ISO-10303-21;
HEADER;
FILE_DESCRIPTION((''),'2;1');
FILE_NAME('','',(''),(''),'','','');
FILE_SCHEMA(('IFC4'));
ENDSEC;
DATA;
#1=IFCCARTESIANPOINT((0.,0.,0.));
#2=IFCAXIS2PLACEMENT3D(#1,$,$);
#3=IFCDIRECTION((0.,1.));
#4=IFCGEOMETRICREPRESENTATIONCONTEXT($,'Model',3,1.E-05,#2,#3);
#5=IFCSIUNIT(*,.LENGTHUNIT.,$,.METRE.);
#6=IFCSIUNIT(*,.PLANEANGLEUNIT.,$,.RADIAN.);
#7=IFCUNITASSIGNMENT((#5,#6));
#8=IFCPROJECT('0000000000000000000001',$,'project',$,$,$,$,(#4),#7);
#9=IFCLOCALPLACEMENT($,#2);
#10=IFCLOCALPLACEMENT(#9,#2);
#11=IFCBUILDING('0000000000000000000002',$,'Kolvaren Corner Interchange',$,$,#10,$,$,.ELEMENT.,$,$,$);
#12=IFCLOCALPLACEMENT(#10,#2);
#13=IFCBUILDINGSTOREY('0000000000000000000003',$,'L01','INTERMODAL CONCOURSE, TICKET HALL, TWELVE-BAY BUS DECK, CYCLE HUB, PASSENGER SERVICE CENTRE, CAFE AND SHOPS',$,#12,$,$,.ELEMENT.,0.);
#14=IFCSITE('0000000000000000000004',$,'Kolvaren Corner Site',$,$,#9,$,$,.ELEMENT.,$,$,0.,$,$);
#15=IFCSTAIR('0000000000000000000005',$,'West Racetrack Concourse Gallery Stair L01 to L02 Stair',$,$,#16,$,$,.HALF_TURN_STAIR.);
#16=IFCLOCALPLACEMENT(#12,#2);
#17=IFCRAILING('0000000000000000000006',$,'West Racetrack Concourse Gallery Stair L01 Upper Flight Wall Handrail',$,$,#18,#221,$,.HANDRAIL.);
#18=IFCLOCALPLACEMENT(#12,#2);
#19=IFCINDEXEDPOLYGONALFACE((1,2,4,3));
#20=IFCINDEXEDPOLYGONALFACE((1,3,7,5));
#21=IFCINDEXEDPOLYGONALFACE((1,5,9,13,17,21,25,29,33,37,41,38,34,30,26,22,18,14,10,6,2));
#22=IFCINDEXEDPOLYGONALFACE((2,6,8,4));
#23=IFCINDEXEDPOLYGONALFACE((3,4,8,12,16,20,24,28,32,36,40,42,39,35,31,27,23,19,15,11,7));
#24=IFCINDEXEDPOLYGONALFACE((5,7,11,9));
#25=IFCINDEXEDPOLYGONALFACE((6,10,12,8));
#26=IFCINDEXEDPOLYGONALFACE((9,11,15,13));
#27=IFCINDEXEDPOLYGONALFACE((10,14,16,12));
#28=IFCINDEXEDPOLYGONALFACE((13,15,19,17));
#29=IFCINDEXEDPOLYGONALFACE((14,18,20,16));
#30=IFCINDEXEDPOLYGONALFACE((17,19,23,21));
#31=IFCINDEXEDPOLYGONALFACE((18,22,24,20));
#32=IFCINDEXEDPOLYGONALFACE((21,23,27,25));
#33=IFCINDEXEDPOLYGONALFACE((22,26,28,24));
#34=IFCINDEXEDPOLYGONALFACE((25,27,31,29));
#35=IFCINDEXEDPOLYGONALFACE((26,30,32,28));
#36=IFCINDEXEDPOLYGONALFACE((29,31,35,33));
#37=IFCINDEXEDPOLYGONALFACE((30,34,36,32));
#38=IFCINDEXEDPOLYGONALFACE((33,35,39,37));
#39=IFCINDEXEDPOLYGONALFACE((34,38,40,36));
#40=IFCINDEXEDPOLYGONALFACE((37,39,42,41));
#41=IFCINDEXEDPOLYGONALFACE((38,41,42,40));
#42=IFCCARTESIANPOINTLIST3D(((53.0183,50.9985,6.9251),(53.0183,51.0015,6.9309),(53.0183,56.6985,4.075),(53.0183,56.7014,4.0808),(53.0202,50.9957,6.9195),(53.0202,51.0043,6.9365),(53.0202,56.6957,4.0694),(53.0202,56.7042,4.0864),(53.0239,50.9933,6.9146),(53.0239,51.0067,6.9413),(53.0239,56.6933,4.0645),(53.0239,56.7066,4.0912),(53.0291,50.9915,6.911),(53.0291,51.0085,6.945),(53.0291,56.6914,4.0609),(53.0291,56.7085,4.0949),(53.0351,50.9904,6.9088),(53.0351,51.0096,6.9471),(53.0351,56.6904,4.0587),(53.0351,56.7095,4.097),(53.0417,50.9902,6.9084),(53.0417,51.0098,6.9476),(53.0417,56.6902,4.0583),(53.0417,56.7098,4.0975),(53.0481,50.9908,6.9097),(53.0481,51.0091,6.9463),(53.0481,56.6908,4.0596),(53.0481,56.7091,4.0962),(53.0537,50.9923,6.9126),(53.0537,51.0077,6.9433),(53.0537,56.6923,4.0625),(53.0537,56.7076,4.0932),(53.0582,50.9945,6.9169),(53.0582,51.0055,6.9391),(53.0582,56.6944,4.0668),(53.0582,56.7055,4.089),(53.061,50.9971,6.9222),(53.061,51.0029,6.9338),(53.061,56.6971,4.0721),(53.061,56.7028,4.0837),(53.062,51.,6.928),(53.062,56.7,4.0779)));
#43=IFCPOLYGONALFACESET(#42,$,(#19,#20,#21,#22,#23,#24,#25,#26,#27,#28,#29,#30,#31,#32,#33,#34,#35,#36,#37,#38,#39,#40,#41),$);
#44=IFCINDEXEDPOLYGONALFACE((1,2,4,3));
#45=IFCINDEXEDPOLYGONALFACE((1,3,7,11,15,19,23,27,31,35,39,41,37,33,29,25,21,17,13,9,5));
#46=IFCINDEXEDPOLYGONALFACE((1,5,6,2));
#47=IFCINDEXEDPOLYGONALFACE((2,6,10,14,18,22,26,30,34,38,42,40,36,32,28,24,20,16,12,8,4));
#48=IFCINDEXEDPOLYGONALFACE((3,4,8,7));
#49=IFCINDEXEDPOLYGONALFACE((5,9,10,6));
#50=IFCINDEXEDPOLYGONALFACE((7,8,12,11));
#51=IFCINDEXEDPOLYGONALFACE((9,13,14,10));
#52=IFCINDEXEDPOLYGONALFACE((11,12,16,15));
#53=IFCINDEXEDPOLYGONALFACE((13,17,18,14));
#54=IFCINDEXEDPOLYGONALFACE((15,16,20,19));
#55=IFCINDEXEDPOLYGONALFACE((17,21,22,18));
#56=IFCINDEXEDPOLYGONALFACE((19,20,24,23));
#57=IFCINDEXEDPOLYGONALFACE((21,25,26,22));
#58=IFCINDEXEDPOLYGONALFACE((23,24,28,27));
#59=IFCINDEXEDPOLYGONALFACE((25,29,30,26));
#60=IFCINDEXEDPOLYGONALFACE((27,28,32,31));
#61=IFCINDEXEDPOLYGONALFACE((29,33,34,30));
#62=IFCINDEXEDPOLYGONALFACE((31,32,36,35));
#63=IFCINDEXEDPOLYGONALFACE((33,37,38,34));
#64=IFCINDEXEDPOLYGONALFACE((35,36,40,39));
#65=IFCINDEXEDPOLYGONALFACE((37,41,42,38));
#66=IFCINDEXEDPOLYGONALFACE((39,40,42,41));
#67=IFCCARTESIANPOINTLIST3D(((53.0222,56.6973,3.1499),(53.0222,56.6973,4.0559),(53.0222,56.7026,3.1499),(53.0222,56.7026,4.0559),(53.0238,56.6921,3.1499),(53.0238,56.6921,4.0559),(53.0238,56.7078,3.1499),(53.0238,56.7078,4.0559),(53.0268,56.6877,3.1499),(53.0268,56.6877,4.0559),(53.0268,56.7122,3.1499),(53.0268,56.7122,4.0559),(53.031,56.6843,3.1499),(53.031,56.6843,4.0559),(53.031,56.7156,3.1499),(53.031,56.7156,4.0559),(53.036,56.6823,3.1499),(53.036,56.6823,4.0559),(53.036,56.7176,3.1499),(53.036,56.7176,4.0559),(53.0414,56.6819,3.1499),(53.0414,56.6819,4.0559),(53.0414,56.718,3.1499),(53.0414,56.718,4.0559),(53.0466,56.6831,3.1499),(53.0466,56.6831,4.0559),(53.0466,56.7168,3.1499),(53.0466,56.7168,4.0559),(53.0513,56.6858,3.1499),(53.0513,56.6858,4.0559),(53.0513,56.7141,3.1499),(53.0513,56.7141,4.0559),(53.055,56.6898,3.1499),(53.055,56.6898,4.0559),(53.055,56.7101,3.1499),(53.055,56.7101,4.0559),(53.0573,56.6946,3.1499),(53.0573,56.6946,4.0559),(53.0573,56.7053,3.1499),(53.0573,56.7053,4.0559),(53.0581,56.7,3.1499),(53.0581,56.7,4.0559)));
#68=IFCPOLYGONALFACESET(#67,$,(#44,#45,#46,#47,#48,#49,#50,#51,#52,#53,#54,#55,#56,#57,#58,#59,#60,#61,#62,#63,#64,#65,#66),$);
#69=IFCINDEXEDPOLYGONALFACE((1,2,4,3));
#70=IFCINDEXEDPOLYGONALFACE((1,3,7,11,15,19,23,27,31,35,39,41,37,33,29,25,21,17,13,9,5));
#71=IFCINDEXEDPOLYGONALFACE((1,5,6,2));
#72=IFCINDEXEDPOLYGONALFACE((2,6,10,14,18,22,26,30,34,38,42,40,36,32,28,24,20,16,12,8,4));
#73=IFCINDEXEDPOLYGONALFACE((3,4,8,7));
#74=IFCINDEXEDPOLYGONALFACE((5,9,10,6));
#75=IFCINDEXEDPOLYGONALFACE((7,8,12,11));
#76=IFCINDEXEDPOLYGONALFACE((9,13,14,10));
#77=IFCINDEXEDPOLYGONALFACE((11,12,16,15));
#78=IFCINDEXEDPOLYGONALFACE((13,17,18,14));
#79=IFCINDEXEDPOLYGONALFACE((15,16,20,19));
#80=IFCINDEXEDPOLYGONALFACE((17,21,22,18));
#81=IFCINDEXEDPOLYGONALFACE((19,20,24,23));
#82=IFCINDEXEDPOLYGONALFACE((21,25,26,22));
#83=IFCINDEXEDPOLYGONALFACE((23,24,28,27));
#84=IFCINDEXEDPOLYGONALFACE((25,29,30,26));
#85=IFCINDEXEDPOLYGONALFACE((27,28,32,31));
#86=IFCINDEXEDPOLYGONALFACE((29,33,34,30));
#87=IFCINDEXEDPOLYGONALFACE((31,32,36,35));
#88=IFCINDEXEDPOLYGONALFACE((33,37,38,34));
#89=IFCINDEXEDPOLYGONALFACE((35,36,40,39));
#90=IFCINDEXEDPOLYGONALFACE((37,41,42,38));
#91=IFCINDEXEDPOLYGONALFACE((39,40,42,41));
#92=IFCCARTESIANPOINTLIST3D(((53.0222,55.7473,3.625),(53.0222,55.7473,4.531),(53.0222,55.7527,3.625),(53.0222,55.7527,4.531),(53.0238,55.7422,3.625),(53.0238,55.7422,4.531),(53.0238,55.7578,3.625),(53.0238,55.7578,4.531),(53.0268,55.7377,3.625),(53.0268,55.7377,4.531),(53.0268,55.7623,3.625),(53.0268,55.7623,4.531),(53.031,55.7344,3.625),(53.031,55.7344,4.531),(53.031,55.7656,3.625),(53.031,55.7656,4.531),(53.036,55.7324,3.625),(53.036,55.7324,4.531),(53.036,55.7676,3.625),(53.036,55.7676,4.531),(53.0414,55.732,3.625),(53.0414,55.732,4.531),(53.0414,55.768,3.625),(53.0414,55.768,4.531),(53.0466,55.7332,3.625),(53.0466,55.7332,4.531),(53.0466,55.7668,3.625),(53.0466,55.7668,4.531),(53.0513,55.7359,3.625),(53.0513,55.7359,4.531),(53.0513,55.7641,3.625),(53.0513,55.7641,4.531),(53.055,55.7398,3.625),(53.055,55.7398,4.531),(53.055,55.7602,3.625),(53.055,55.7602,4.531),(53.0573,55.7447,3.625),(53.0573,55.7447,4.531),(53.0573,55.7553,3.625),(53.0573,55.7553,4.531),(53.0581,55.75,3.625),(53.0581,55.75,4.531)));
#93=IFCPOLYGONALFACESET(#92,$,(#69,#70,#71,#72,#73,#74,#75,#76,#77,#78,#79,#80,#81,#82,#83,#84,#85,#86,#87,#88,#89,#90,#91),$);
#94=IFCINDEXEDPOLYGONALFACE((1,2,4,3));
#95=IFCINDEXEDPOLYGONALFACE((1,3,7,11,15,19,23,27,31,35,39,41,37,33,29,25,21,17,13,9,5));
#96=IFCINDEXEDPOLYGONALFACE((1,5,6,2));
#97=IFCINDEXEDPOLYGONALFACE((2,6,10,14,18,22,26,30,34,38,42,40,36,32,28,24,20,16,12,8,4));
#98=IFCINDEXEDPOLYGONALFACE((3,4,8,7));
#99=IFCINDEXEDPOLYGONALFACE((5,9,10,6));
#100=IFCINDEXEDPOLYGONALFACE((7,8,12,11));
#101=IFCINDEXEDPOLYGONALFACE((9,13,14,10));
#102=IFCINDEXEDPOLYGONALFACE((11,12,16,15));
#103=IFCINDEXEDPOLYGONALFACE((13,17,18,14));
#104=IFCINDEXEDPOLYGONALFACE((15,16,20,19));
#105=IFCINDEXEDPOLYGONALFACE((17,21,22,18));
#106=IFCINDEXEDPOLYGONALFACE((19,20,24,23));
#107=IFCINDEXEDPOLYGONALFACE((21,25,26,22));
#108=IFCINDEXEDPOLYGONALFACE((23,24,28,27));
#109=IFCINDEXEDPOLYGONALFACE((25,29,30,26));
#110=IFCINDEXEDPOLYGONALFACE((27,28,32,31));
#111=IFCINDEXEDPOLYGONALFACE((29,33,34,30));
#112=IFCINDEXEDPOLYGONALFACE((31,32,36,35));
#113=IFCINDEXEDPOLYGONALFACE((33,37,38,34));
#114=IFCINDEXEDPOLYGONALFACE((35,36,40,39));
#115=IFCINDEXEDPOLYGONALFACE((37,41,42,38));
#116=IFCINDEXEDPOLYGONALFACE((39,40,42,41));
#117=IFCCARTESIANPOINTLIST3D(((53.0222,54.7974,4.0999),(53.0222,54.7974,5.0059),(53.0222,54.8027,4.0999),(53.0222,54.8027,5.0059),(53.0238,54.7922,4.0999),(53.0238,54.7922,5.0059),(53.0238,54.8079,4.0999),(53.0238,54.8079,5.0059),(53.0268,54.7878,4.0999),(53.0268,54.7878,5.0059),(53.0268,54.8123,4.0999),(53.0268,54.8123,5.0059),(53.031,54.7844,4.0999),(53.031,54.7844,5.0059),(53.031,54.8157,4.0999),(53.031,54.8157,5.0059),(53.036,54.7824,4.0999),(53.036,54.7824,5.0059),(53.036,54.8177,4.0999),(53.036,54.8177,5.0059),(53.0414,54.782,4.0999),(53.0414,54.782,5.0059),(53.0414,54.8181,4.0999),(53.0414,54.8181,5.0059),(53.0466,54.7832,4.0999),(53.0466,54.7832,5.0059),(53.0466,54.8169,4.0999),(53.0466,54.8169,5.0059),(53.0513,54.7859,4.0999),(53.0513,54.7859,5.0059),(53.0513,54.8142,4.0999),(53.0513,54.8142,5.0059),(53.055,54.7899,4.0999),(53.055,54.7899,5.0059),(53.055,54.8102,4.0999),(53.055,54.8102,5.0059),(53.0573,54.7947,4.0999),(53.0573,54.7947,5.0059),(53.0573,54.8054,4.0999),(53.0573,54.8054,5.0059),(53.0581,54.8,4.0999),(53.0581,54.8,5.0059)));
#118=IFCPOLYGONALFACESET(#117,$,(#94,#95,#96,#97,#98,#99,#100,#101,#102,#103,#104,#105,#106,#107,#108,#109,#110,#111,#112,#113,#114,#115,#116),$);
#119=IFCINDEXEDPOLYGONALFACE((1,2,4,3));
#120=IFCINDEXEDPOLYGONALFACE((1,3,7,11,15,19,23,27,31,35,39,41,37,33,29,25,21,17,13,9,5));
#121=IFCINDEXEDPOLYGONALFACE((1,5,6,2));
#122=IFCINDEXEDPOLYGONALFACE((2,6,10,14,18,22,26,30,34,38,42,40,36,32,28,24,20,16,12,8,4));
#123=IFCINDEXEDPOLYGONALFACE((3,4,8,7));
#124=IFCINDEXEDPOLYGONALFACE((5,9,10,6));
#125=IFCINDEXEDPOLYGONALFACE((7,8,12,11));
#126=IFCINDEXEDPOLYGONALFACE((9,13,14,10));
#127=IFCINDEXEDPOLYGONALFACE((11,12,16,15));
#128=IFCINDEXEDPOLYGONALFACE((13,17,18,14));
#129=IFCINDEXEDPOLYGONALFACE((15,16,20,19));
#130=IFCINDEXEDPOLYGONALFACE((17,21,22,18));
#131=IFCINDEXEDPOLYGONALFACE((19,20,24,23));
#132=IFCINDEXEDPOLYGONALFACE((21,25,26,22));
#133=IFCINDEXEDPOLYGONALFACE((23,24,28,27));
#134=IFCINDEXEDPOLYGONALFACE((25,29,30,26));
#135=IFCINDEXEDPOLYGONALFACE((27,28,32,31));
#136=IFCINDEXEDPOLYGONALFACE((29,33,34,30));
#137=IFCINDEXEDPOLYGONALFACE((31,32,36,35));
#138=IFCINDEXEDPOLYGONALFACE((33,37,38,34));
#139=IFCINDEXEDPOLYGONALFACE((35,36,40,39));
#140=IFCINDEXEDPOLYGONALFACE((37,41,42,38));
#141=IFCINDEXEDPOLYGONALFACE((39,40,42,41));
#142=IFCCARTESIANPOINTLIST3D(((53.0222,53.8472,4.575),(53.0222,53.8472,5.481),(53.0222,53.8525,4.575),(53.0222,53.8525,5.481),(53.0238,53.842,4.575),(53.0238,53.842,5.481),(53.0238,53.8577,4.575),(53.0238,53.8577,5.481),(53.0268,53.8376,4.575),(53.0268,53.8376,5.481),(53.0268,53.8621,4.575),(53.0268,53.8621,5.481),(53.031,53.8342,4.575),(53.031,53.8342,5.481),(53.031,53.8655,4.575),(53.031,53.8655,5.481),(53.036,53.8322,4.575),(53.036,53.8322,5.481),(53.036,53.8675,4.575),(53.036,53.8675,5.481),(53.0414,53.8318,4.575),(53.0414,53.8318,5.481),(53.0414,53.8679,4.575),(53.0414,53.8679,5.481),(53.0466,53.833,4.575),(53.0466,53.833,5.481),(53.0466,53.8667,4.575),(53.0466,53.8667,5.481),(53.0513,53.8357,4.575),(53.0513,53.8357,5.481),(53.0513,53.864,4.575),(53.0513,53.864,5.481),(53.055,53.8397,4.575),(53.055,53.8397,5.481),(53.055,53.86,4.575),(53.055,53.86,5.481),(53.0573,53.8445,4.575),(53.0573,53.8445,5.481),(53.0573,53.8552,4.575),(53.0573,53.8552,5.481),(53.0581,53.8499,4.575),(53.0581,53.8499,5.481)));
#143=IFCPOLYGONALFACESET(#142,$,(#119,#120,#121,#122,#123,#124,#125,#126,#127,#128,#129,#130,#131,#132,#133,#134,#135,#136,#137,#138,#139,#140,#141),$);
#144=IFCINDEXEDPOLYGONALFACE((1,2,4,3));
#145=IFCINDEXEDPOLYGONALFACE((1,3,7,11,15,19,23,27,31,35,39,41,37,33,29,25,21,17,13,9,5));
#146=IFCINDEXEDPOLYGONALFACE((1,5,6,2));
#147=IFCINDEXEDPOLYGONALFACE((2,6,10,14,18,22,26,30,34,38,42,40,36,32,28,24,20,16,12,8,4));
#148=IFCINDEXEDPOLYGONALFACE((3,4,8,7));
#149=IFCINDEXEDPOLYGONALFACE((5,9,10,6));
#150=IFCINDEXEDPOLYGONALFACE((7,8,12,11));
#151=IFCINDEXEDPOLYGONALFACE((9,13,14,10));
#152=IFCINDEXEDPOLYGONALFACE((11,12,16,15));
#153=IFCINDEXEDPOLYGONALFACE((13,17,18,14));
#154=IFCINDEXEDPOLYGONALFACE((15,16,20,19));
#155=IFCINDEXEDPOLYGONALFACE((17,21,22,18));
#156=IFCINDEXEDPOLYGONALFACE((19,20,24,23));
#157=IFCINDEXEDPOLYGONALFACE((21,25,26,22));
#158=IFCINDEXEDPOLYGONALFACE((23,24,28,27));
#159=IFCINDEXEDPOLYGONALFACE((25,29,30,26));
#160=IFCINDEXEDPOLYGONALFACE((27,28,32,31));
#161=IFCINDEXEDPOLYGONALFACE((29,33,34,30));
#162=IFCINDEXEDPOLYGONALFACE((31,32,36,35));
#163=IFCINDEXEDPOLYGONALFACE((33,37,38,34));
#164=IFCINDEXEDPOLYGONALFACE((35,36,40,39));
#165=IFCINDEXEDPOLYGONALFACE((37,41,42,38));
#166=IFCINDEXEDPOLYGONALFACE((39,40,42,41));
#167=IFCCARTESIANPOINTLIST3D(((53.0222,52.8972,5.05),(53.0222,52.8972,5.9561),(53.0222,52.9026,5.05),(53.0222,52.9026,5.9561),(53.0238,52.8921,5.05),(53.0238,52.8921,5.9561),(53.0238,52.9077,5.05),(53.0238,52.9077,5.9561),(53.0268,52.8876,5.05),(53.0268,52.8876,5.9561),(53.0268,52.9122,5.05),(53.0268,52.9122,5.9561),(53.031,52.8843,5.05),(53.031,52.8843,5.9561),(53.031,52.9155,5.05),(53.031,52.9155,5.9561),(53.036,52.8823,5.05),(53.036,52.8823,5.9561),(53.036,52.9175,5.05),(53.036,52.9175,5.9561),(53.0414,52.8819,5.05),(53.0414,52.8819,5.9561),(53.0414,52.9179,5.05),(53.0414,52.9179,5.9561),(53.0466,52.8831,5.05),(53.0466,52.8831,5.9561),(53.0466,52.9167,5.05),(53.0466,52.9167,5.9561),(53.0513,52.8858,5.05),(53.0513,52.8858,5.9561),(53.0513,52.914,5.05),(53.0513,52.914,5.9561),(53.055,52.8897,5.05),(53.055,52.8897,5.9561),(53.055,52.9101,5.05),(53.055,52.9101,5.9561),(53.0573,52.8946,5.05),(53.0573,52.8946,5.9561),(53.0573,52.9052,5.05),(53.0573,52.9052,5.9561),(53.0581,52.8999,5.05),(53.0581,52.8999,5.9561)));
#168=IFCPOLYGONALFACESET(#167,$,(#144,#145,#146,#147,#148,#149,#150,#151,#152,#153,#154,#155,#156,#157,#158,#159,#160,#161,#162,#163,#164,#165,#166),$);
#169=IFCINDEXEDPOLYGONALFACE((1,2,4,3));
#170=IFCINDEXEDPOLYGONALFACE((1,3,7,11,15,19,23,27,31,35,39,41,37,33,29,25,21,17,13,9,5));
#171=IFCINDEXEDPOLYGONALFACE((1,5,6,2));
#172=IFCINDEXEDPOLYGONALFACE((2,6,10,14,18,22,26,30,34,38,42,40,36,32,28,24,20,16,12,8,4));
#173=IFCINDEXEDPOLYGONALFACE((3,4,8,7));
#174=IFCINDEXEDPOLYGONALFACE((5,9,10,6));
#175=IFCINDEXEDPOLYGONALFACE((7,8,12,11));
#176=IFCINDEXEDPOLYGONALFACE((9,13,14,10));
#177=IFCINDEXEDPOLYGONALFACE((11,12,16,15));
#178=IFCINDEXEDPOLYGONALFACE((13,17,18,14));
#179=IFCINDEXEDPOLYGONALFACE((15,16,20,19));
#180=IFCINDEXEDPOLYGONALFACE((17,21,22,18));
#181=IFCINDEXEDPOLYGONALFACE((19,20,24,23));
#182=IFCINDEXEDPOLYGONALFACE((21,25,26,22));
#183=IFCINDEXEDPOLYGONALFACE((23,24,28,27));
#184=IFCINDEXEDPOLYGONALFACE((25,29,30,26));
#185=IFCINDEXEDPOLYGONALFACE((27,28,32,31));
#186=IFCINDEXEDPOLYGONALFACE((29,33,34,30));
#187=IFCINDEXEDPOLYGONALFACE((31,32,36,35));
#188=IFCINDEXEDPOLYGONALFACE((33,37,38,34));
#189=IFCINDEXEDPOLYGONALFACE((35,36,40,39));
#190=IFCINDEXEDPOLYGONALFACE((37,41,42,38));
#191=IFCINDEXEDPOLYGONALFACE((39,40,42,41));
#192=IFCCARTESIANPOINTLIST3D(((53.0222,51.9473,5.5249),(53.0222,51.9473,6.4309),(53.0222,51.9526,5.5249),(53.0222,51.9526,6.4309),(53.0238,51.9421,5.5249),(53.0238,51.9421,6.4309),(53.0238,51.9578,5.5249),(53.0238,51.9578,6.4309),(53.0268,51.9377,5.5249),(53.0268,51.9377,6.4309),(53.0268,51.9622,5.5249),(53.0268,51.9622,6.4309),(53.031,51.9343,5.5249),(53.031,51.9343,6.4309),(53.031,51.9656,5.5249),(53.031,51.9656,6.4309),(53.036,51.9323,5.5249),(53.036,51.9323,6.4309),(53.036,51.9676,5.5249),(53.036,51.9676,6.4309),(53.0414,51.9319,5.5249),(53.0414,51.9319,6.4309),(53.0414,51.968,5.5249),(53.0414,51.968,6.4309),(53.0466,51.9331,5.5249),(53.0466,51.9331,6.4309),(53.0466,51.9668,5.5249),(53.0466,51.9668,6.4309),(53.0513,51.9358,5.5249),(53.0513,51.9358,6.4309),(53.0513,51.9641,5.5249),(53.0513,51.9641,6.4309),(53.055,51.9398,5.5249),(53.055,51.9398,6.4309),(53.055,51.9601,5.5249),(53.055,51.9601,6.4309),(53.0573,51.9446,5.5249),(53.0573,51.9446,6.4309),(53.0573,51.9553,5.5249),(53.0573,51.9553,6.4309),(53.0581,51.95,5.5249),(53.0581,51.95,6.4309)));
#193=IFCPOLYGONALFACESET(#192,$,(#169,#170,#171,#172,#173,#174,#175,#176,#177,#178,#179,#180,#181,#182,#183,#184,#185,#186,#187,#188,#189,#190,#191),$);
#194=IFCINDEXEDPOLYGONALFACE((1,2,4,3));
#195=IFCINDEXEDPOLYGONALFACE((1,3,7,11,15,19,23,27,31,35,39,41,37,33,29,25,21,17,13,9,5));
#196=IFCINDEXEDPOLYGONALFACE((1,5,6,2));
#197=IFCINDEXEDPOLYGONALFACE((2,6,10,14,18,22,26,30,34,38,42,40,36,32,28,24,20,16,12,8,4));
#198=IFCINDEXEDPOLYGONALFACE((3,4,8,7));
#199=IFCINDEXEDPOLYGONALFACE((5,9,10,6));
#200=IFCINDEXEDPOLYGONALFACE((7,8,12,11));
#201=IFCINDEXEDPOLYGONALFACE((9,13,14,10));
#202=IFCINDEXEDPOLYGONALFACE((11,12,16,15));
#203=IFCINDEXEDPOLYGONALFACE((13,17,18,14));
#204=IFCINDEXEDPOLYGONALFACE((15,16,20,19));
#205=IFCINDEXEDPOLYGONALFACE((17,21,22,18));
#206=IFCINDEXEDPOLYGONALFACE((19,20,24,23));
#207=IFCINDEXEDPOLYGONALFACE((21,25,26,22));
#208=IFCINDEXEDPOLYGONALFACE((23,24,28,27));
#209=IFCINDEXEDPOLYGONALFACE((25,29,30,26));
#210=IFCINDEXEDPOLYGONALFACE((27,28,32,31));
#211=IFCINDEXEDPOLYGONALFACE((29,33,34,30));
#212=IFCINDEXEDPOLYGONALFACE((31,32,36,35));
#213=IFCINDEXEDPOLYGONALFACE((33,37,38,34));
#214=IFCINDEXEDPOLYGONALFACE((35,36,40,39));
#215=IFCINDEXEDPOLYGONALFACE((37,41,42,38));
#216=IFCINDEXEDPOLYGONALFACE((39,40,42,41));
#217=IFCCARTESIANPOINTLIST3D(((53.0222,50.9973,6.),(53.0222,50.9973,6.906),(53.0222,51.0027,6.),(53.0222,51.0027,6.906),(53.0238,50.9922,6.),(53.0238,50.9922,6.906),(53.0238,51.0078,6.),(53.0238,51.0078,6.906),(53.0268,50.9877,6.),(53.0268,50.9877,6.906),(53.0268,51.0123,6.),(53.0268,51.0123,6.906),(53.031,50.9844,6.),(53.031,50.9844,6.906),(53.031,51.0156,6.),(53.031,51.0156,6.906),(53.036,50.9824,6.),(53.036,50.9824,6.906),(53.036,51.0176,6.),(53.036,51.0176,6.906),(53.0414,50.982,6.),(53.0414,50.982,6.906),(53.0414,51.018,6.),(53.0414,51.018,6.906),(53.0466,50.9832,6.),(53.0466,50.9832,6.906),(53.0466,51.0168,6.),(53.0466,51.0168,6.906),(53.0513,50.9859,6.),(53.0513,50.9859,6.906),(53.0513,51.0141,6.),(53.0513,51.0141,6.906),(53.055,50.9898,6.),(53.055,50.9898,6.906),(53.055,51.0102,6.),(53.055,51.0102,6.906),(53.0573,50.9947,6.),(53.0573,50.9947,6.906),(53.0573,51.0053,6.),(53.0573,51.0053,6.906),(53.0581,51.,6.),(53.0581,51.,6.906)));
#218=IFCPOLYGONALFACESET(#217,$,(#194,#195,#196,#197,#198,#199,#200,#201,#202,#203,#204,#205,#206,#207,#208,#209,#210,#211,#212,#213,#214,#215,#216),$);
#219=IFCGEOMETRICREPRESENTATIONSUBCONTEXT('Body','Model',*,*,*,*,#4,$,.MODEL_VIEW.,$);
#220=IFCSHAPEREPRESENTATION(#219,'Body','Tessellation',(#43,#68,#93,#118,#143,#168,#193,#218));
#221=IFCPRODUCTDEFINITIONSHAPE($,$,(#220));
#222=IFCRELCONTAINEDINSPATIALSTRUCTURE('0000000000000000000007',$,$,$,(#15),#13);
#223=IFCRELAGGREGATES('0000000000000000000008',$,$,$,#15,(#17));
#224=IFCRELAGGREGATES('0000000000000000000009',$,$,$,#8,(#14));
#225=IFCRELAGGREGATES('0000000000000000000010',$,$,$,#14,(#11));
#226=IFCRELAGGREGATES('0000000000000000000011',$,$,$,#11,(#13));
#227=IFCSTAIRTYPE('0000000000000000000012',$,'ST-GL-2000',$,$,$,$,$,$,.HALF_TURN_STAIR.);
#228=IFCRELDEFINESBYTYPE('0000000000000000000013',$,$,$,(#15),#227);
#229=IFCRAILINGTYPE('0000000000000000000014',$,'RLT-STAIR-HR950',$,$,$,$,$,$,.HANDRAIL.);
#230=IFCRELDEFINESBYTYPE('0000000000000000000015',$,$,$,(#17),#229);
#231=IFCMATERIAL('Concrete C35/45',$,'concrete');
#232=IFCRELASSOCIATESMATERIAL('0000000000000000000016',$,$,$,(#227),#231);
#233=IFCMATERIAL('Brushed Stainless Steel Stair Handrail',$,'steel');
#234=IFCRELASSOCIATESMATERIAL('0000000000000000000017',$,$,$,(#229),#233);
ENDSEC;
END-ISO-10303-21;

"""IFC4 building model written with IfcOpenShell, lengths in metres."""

from ifc_helpers import new_model, si_unit, direction, frame, origin, origin_2d, place, context, subcontext, project, spatial, circle, extrude, material, type_object, element, aggregate, save


model = new_model("IFC4")

# Units and contexts
model_context = context("Model", 3, precision=1e-05, world=origin(), true_north=direction((0.0, 1.0)))
body_context = subcontext(model_context, "Body", "Model", "MODEL_VIEW")
ifc_project = project(units=[si_unit("LENGTHUNIT", "METRE"), si_unit("PLANEANGLEUNIT", "RADIAN")], contexts=[model_context])

# Site, building, storey
site_placement = place(None, origin())
site = spatial("IfcSite", under=ifc_project, at=site_placement, Name="Kolvaren Corner Site", CompositionType="ELEMENT", RefElevation=0.0)
building_placement = place(site_placement, origin())
building = spatial("IfcBuilding", under=site, at=building_placement, Name="Kolvaren Corner Interchange", CompositionType="ELEMENT")
storey_placement = place(building_placement, origin())
storey = spatial("IfcBuildingStorey", under=building, at=storey_placement, Name="L01", Description="INTERMODAL CONCOURSE, TICKET HALL, TWELVE-BAY BUS DECK, CYCLE HUB, PASSENGER SERVICE CENTRE, CAFE AND SHOPS", CompositionType="ELEMENT", Elevation=0.0)

# Stair, railing
ifc_material_1 = material(Name="Concrete C35/45", Category="concrete")
stair_type = type_object("IfcStairType", Name="ST-GL-2000", PredefinedType="HALF_TURN_STAIR", material=ifc_material_1)
stair_placement = place(storey_placement, origin())
stair = element("IfcStair", 1, at=stair_placement, inside=storey, type_object=stair_type, Name="West Racetrack Concourse Gallery Stair L01 to L02 Stair", PredefinedType="HALF_TURN_STAIR")
ifc_material_2 = material(Name="Brushed Stainless Steel Stair Handrail", Category="steel")
railing_type_1 = type_object("IfcRailingType", Name="RLT-STAIR-HR950", PredefinedType="HANDRAIL", material=ifc_material_2)
railing_1_placement = place(storey_placement, frame((53.04, 56.7, 3.1499)))
railing_1 = element("IfcRailing", 2, at=railing_1_placement, type_object=railing_type_1, Name="West Racetrack Concourse Gallery Stair L01 Upper Flight Wall Handrail", PredefinedType="HANDRAIL", context=body_context, shape_type="SweptSolid", body=[
    extrude(circle(Radius=0.022, at=origin_2d()), frame((0.0, 0.0, 0.928), z_axis=(0.0, -0.89442, 0.447229), x_axis=(1.0, 0.0, 0.0)), (0.0, 0.0, 1.0), 6.3728),
    extrude(circle(Radius=0.0181, at=origin_2d()), origin(), (0.0, 0.0, 1.0), 0.906),
    extrude(circle(Radius=0.0181, at=origin_2d()), frame((0.0, -0.95, 0.4751)), (0.0, 0.0, 1.0), 0.906),
    extrude(circle(Radius=0.0181, at=origin_2d()), frame((0.0, -1.8999, 0.95)), (0.0, 0.0, 1.0), 0.906),
    extrude(circle(Radius=0.0181, at=origin_2d()), frame((0.0, -2.8501, 1.425)), (0.0, 0.0, 1.0), 0.906),
    extrude(circle(Radius=0.0181, at=origin_2d()), frame((0.0, -3.8, 1.9001)), (0.0, 0.0, 1.0), 0.906),
    extrude(circle(Radius=0.0181, at=origin_2d()), frame((0.0, -4.75, 2.375)), (0.0, 0.0, 1.0), 0.906),
    extrude(circle(Radius=0.0181, at=origin_2d()), frame((0.0, -5.7, 2.8501)), (0.0, 0.0, 1.0), 0.906),
])
aggregate(stair, [railing_1])

save(model, "model.ifc")
